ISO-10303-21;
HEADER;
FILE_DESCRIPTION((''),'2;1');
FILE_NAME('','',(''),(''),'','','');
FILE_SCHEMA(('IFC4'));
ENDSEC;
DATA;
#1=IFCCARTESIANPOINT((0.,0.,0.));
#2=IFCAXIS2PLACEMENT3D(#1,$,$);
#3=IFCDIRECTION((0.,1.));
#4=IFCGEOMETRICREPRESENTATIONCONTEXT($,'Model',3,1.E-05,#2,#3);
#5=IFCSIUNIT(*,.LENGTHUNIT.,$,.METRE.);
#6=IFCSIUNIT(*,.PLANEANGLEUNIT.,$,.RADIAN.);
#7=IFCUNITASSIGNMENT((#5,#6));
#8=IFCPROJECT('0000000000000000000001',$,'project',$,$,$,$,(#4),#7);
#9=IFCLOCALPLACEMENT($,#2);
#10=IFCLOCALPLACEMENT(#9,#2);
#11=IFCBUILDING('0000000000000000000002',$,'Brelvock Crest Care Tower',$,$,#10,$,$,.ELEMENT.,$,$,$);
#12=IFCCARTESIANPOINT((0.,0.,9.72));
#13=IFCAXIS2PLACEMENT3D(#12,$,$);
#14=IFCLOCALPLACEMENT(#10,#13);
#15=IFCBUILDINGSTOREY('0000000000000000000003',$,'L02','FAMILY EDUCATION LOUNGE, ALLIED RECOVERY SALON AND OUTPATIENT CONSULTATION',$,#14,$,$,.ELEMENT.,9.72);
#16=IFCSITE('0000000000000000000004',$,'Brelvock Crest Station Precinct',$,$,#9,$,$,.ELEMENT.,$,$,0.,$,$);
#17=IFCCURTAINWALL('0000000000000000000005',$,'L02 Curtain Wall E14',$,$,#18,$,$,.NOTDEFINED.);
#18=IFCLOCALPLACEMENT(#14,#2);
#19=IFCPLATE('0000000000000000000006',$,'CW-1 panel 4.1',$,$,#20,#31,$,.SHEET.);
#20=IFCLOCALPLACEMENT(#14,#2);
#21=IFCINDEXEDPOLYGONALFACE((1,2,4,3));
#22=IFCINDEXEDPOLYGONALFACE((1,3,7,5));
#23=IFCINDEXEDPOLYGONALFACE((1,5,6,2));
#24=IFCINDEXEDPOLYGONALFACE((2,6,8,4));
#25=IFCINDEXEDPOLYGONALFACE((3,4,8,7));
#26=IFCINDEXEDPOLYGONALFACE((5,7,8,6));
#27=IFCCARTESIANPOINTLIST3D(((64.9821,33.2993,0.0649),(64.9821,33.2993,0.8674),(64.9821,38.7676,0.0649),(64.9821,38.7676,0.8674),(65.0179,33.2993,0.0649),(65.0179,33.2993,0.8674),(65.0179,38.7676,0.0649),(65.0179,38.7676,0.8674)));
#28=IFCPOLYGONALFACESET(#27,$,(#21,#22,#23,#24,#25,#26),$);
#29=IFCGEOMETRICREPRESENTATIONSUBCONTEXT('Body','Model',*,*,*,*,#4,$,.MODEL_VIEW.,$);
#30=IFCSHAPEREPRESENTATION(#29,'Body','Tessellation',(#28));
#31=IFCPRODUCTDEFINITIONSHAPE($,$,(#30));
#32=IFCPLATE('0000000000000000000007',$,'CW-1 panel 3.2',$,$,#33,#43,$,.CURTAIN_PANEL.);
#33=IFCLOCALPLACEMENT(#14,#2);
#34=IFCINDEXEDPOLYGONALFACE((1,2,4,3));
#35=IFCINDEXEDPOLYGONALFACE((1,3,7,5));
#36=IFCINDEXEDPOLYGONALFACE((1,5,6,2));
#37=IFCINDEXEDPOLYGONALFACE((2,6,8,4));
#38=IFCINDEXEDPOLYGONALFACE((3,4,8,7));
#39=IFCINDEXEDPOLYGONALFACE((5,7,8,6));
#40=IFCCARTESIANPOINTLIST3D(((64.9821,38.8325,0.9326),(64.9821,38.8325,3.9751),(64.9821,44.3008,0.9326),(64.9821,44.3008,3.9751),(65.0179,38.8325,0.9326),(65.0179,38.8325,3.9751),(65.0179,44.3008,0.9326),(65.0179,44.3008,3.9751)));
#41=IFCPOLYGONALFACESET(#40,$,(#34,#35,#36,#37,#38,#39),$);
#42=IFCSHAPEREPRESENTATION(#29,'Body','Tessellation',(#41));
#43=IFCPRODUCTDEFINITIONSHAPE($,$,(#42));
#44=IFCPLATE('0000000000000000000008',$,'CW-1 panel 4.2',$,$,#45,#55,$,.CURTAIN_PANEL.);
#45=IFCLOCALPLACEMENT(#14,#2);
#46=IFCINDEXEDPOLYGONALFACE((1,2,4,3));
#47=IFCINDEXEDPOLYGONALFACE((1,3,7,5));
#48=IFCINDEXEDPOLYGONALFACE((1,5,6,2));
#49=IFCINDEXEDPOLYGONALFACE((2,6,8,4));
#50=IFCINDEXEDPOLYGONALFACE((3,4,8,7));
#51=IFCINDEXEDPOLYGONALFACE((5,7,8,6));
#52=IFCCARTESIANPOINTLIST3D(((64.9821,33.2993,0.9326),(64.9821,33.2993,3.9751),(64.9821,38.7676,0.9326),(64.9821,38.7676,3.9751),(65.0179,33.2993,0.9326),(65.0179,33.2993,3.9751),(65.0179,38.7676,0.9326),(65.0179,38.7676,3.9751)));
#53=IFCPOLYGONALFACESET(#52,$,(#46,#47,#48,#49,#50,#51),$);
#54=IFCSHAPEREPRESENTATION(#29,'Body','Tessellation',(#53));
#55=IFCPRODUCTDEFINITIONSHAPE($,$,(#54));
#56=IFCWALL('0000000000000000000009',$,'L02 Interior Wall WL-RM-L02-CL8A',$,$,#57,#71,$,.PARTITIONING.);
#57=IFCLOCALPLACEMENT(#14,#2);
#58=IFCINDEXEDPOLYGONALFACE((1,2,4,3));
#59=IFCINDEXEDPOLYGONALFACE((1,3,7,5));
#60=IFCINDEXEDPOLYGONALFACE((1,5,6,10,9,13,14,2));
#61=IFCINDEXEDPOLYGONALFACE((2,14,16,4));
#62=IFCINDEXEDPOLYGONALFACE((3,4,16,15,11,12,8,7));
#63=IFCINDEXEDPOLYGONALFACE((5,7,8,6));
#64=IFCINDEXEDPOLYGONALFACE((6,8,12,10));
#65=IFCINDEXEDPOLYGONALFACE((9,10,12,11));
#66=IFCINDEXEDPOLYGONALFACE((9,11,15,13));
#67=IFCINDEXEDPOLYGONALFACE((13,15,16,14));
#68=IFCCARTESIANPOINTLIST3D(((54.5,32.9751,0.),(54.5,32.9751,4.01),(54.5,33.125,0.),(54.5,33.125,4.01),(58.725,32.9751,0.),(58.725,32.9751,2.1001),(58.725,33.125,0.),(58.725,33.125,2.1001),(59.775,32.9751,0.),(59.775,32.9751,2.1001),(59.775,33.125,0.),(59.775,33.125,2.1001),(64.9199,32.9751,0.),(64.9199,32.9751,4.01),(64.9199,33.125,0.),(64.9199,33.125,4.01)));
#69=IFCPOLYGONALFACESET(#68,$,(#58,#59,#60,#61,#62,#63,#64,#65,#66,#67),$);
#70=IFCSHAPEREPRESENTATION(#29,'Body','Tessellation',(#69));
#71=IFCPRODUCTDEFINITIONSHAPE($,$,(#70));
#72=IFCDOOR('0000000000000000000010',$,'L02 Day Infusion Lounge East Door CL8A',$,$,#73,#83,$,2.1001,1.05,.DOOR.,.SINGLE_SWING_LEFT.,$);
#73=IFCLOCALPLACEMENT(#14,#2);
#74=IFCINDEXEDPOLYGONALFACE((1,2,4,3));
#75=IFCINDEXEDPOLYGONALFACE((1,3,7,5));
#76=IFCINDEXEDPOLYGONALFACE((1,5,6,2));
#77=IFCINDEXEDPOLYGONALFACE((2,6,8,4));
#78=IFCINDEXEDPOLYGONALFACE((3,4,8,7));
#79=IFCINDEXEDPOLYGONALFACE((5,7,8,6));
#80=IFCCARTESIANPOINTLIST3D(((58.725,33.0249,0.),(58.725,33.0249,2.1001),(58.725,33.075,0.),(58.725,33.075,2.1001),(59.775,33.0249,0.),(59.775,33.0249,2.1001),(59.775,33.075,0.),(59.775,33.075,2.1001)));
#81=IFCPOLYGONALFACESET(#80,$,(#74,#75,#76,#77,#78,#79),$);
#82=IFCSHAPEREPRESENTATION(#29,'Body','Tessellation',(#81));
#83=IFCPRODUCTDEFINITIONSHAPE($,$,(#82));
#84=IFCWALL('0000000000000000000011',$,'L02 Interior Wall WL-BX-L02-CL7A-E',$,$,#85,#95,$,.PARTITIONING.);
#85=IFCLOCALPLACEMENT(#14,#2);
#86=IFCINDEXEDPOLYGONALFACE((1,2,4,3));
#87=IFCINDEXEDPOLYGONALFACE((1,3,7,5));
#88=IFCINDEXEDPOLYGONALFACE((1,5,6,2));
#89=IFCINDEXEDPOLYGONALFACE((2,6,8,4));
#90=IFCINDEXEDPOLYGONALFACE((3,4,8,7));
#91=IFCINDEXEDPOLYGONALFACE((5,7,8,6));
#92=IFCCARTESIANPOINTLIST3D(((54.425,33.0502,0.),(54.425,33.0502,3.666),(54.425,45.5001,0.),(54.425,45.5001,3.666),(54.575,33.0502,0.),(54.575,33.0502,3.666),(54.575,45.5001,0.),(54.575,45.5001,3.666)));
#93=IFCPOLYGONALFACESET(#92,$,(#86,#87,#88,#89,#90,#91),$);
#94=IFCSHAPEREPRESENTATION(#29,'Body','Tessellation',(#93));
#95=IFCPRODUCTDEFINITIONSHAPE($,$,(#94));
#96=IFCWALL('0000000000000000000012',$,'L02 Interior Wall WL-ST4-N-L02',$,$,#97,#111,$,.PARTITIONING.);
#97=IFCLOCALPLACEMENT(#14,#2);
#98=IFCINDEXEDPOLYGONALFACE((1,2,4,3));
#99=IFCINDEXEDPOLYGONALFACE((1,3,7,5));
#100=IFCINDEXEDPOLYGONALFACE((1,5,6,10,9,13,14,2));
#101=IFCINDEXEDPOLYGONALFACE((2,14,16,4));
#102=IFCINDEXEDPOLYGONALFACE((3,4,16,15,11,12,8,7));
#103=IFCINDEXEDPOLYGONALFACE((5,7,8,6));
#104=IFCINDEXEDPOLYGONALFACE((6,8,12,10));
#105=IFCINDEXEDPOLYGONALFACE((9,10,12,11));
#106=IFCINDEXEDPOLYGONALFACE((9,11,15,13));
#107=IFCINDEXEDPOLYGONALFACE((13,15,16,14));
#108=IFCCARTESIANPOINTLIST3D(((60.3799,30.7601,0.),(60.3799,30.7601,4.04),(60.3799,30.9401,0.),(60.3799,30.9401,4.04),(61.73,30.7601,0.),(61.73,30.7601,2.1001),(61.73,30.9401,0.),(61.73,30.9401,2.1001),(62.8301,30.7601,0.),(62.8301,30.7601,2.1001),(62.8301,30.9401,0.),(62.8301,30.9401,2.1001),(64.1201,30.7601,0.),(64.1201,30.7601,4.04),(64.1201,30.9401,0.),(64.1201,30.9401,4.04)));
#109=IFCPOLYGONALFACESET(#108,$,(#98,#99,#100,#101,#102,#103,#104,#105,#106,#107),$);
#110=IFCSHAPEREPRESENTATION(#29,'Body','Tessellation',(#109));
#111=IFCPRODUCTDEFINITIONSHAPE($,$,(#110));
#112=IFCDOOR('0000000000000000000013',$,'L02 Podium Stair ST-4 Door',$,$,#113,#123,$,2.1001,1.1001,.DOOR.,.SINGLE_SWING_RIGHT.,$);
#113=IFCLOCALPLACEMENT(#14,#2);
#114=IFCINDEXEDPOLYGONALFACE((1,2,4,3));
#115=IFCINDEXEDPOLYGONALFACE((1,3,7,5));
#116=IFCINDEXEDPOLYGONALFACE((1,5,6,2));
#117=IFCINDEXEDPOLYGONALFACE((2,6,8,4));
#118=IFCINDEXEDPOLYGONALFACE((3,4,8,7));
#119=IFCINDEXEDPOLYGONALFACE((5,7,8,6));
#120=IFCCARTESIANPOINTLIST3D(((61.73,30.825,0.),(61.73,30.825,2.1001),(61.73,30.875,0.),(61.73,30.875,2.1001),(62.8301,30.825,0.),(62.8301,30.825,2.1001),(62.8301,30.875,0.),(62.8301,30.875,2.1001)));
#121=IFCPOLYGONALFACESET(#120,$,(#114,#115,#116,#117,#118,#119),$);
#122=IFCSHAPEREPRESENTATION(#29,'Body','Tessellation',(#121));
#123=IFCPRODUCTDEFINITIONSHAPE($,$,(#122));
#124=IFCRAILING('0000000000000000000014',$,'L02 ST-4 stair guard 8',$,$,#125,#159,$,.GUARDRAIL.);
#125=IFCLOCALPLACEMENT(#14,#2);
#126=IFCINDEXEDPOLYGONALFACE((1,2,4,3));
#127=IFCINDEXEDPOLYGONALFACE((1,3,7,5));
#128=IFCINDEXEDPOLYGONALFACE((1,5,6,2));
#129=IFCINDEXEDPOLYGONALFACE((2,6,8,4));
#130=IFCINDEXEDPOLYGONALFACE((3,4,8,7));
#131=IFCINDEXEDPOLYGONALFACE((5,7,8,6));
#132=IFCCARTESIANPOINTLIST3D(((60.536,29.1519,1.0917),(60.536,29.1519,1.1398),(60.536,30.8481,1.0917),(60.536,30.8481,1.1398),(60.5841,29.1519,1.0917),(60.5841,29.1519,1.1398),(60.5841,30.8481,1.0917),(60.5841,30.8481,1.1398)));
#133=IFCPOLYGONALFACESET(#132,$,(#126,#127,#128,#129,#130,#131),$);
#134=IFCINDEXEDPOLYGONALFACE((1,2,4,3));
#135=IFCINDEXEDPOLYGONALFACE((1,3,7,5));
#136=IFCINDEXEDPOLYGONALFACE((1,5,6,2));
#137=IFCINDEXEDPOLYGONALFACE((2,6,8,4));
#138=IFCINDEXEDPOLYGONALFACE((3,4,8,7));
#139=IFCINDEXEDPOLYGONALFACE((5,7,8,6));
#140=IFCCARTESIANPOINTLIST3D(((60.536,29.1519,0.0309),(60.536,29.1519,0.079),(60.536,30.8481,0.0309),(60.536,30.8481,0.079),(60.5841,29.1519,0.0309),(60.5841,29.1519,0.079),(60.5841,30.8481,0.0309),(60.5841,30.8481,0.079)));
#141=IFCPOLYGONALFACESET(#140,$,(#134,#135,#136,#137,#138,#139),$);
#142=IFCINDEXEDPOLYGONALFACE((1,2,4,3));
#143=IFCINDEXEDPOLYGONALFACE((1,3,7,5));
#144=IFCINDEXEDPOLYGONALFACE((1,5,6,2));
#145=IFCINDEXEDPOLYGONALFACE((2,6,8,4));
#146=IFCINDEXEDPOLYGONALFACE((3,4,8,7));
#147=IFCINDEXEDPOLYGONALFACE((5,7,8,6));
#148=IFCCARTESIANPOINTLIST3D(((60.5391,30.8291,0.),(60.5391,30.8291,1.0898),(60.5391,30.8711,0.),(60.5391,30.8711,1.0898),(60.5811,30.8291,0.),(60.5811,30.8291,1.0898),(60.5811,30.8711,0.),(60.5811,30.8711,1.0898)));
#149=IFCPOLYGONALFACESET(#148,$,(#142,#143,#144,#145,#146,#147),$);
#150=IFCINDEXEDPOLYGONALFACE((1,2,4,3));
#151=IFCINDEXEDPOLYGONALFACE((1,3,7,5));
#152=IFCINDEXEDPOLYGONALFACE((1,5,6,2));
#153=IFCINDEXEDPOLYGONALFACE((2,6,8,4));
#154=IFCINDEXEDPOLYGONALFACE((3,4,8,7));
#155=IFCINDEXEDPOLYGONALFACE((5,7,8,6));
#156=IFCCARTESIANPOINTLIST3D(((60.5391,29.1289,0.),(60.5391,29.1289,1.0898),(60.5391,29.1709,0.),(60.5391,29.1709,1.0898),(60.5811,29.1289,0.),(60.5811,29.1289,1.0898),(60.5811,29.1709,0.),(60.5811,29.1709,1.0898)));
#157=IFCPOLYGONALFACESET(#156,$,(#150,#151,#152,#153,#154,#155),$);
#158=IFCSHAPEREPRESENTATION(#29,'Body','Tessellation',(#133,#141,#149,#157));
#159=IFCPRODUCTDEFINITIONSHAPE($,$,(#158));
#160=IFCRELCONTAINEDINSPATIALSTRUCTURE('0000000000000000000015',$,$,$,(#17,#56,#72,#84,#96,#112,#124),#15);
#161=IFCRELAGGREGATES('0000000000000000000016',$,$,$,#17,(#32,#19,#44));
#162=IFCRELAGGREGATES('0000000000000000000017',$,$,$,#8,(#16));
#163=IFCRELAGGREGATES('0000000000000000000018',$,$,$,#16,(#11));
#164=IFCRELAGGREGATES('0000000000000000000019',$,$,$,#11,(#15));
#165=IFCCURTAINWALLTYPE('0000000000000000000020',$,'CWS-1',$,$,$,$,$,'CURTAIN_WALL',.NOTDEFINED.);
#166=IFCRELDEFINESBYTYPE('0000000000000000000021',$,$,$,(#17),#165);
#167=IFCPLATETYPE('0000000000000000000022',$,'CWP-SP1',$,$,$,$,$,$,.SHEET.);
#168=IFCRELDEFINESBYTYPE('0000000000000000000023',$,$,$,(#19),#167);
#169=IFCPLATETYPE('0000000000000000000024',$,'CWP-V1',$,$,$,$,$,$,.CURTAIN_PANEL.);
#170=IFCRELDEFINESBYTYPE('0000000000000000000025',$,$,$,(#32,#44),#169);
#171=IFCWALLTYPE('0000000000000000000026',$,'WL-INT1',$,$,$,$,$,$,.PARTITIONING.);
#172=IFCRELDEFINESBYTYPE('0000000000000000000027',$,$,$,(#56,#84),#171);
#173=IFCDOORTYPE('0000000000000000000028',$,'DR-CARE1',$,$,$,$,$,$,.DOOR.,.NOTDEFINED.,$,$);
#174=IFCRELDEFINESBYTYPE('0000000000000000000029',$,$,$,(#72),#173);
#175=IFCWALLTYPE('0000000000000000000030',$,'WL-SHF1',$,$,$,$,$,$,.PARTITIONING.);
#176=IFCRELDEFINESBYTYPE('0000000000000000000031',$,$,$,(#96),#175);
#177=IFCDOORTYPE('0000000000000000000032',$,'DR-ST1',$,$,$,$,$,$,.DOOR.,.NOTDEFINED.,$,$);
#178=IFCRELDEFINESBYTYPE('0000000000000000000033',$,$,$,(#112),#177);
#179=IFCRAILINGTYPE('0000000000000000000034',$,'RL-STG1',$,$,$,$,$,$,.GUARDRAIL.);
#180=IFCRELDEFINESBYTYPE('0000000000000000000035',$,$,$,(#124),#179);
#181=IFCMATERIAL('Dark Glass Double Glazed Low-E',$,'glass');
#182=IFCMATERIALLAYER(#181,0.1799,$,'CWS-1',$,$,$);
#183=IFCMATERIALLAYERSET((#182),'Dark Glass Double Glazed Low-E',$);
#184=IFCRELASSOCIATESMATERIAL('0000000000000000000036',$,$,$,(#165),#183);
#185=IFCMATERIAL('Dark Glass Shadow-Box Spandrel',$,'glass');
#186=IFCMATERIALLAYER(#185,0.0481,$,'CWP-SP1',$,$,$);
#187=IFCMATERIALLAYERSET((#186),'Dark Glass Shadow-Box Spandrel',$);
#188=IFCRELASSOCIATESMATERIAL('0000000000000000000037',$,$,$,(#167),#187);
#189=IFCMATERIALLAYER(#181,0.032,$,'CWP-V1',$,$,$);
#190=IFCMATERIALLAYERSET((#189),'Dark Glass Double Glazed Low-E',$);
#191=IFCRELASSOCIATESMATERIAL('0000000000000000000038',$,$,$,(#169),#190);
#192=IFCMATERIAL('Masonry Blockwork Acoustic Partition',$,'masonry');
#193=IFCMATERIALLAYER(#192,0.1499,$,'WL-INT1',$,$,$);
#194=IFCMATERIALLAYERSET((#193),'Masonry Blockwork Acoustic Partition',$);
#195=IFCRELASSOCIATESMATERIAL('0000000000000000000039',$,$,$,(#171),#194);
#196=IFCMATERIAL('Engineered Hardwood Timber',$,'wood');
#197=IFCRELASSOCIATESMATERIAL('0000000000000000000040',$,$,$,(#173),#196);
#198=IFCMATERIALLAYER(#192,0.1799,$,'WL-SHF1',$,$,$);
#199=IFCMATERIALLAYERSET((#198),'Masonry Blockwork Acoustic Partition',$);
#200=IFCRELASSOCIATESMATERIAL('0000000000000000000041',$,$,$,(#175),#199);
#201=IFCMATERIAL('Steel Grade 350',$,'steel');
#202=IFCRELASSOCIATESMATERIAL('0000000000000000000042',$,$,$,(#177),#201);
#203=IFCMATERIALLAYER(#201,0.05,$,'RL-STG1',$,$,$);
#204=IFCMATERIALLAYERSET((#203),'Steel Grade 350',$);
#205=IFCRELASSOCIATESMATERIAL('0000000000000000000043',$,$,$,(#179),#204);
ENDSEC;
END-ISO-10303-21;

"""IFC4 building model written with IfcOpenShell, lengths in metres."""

from ifc_helpers import new_model, si_unit, direction, frame, frame_2d, origin, origin_2d, place, context, subcontext, project, spatial, rectangle, extrude, source, transform, mapped, material, layer, layer_set, type_object, element, fill, aggregate, save


model = new_model("IFC4")

# Units and contexts
model_context = context("Model", 3, precision=1e-05, world=origin(), true_north=direction((0.0, 1.0)))
body_context = subcontext(model_context, "Body", "Model", "MODEL_VIEW")
ifc_project = project(units=[si_unit("LENGTHUNIT", "METRE"), si_unit("PLANEANGLEUNIT", "RADIAN")], contexts=[model_context])

# Site, building, storey
site_placement = place(None, origin())
site = spatial("IfcSite", under=ifc_project, at=site_placement, Name="Brelvock Crest Station Precinct", CompositionType="ELEMENT", RefElevation=0.0)
building_placement = place(site_placement, origin())
building = spatial("IfcBuilding", under=site, at=building_placement, Name="Brelvock Crest Care Tower", CompositionType="ELEMENT")
storey_placement = place(building_placement, frame((0.0, 0.0, 9.72)))
storey = spatial("IfcBuildingStorey", under=building, at=storey_placement, Name="L02", Description="FAMILY EDUCATION LOUNGE, ALLIED RECOVERY SALON AND OUTPATIENT CONSULTATION", CompositionType="ELEMENT", Elevation=9.72)

# Shared definitions
ifc_material_1 = material(Name="Steel Grade 350", Category="steel")

# Curtain wall, plates
ifc_material_2 = material(Name="Dark Glass Double Glazed Low-E", Category="glass")
ifc_layer_1 = layer(ifc_material_2, 0.1799, Name="CWS-1")
ifc_layer_set_1 = layer_set([ifc_layer_1], Name="Dark Glass Double Glazed Low-E")
curtain_wall_type = type_object("IfcCurtainWallType", Name="CWS-1", ElementType="CURTAIN_WALL", PredefinedType="NOTDEFINED", material=ifc_layer_set_1)
curtain_wall_placement = place(storey_placement, origin())
curtain_wall = element("IfcCurtainWall", 1, at=curtain_wall_placement, inside=storey, type_object=curtain_wall_type, Name="L02 Curtain Wall E14", PredefinedType="NOTDEFINED")
ifc_material_3 = material(Name="Dark Glass Shadow-Box Spandrel", Category="glass")
ifc_layer_2 = layer(ifc_material_3, 0.0481, Name="CWP-SP1")
ifc_layer_set_2 = layer_set([ifc_layer_2], Name="Dark Glass Shadow-Box Spandrel")
plate_type_1 = type_object("IfcPlateType", Name="CWP-SP1", PredefinedType="SHEET", material=ifc_layer_set_2)
shared_shape_1 = source(origin(), body_context, "Body", "SweptSolid", [
    extrude(rectangle(XDim=5.4683, YDim=0.0359, at=origin_2d()), origin(), (0.0, 0.0, 1.0), 0.8025),
])
plate_1_placement = place(storey_placement, frame((65.0, 36.0334, 0.0649), z_axis=(0.0, 0.0, 1.0), x_axis=(0.0, -1.0, 0.0)))
plate_1 = element("IfcPlate", 2, at=plate_1_placement, type_object=plate_type_1, Name="CW-1 panel 4.1", PredefinedType="SHEET", context=body_context, shape_type="MappedRepresentation", body=[
    mapped(shared_shape_1, transform((0.0, 0.0, 0.0), x_axis=(1.0, 0.0, 0.0), y_axis=(0.0, 1.0, 0.0), z_axis=(0.0, 0.0, 1.0), scale=1.0)),
])
ifc_layer_3 = layer(ifc_material_2, 0.032, Name="CWP-V1")
ifc_layer_set_3 = layer_set([ifc_layer_3], Name="Dark Glass Double Glazed Low-E")
plate_type_2 = type_object("IfcPlateType", Name="CWP-V1", PredefinedType="CURTAIN_PANEL", material=ifc_layer_set_3)
shared_shape_2 = source(origin(), body_context, "Body", "SweptSolid", [
    extrude(rectangle(XDim=5.4683, YDim=0.0359, at=origin_2d()), origin(), (0.0, 0.0, 1.0), 3.0425),
])
plate_2_placement = place(storey_placement, frame((65.0, 41.5667, 0.9326), z_axis=(0.0, 0.0, 1.0), x_axis=(0.0, -1.0, 0.0)))
plate_2 = element("IfcPlate", 3, at=plate_2_placement, type_object=plate_type_2, Name="CW-1 panel 3.2", PredefinedType="CURTAIN_PANEL", context=body_context, shape_type="MappedRepresentation", body=[
    mapped(shared_shape_2, transform((0.0, 0.0, 0.0), x_axis=(1.0, 0.0, 0.0), y_axis=(0.0, 1.0, 0.0), z_axis=(0.0, 0.0, 1.0), scale=1.0)),
])
plate_3_placement = place(storey_placement, frame((65.0, 36.0334, 0.9326), z_axis=(0.0, 0.0, 1.0), x_axis=(0.0, -1.0, 0.0)))
plate_3 = element("IfcPlate", 4, at=plate_3_placement, type_object=plate_type_2, Name="CW-1 panel 4.2", PredefinedType="CURTAIN_PANEL", context=body_context, shape_type="MappedRepresentation", body=[
    mapped(shared_shape_2, transform((0.0, 0.0, 0.0), x_axis=(1.0, 0.0, 0.0), y_axis=(0.0, 1.0, 0.0), z_axis=(0.0, 0.0, 1.0), scale=1.0)),
])
aggregate(curtain_wall, [plate_2, plate_1, plate_3])

# Wall, opening, door
ifc_material_4 = material(Name="Masonry Blockwork Acoustic Partition", Category="masonry")
ifc_layer_4 = layer(ifc_material_4, 0.1499, Name="WL-INT1")
ifc_layer_set_4 = layer_set([ifc_layer_4], Name="Masonry Blockwork Acoustic Partition")
wall_type_1 = type_object("IfcWallType", Name="WL-INT1", PredefinedType="PARTITIONING", material=ifc_layer_set_4)
wall_1_placement = place(storey_placement, frame((54.5, 33.05, 0.0), z_axis=(0.0, 0.0, 1.0), x_axis=(1.0, 0.0, 0.0)))
wall_1 = element("IfcWall", 5, at=wall_1_placement, inside=storey, type_object=wall_type_1, Name="L02 Interior Wall WL-RM-L02-CL8A", PredefinedType="PARTITIONING", context=body_context, shape_type="SweptSolid", body=[
    extrude(rectangle(XDim=10.4199, YDim=0.1499, at=frame_2d((5.21, 0.0))), origin(), (0.0, 0.0, 1.0), 4.01),
])
opening_1_placement = place(wall_1_placement, frame((4.2251, 0.0, 0.0)))
opening_1 = element("IfcOpeningElement", 6, at=opening_1_placement, cuts=wall_1, PredefinedType="OPENING", context=body_context, shape_type="SweptSolid", body=[
    extrude(rectangle(XDim=1.05, YDim=2.1001, at=origin_2d()), frame((0.5249, 0.085, 1.05), z_axis=(0.0, -1.0, 0.0), x_axis=(1.0, 0.0, 0.0)), (0.0, 0.0, 1.0), 0.1699),
])
ifc_material_5 = material(Name="Engineered Hardwood Timber", Category="wood")
door_type_1 = type_object("IfcDoorType", Name="DR-CARE1", OperationType="NOTDEFINED", PredefinedType="DOOR", material=ifc_material_5)
shared_shape_3 = source(origin(), body_context, "Body", "SweptSolid", [
    extrude(rectangle(XDim=1.05, YDim=2.1001, at=origin_2d()), frame((0.5249, 0.0249, 1.05), z_axis=(0.0, -1.0, 0.0), x_axis=(1.0, 0.0, 0.0)), (0.0, 0.0, 1.0), 0.05),
])
door_1_placement = place(opening_1_placement, origin())
door_1 = element("IfcDoor", 7, at=door_1_placement, inside=storey, type_object=door_type_1, Name="L02 Day Infusion Lounge East Door CL8A", OperationType="SINGLE_SWING_LEFT", OverallHeight=2.1001, OverallWidth=1.05, PredefinedType="DOOR", context=body_context, shape_type="MappedRepresentation", body=[
    mapped(shared_shape_3, transform((0.0, 0.0, 0.0), x_axis=(1.0, 0.0, 0.0), y_axis=(0.0, 1.0, 0.0), z_axis=(0.0, 0.0, 1.0), scale=1.0)),
])
fill(opening_1, door_1)

# Wall
wall_2_placement = place(storey_placement, frame((54.5, 33.05, 0.0), z_axis=(0.0, 0.0, 1.0), x_axis=(0.0, 1.0, 0.0)))
element("IfcWall", 8, at=wall_2_placement, inside=storey, type_object=wall_type_1, Name="L02 Interior Wall WL-BX-L02-CL7A-E", PredefinedType="PARTITIONING", context=body_context, shape_type="SweptSolid", body=[
    extrude(rectangle(XDim=12.45, YDim=0.1499, at=frame_2d((6.2251, 0.0))), origin(), (0.0, 0.0, 1.0), 3.666),
])

# Wall, opening, door
ifc_layer_5 = layer(ifc_material_4, 0.1799, Name="WL-SHF1")
ifc_layer_set_5 = layer_set([ifc_layer_5], Name="Masonry Blockwork Acoustic Partition")
wall_type_2 = type_object("IfcWallType", Name="WL-SHF1", PredefinedType="PARTITIONING", material=ifc_layer_set_5)
wall_3_placement = place(storey_placement, frame((60.3799, 30.8501, 0.0), z_axis=(0.0, 0.0, 1.0), x_axis=(1.0, 0.0, 0.0)))
wall_3 = element("IfcWall", 9, at=wall_3_placement, inside=storey, type_object=wall_type_2, Name="L02 Interior Wall WL-ST4-N-L02", PredefinedType="PARTITIONING", context=body_context, shape_type="SweptSolid", body=[
    extrude(rectangle(XDim=3.7402, YDim=0.1799, at=frame_2d((1.8701, 0.0))), origin(), (0.0, 0.0, 1.0), 4.04),
])
opening_2_placement = place(wall_3_placement, frame((1.3501, 0.0, 0.0)))
opening_2 = element("IfcOpeningElement", 10, at=opening_2_placement, cuts=wall_3, PredefinedType="OPENING", context=body_context, shape_type="SweptSolid", body=[
    extrude(rectangle(XDim=1.1001, YDim=2.1001, at=origin_2d()), frame((0.55, 0.1001, 1.05), z_axis=(0.0, -1.0, 0.0), x_axis=(1.0, 0.0, 0.0)), (0.0, 0.0, 1.0), 0.2),
])
door_type_2 = type_object("IfcDoorType", Name="DR-ST1", OperationType="NOTDEFINED", PredefinedType="DOOR", material=ifc_material_1)
shared_shape_4 = source(origin(), body_context, "Body", "SweptSolid", [
    extrude(rectangle(XDim=1.1001, YDim=2.1001, at=origin_2d()), frame((0.55, 0.0249, 1.05), z_axis=(0.0, -1.0, 0.0), x_axis=(1.0, 0.0, 0.0)), (0.0, 0.0, 1.0), 0.05),
])
door_2_placement = place(opening_2_placement, origin())
door_2 = element("IfcDoor", 11, at=door_2_placement, inside=storey, type_object=door_type_2, Name="L02 Podium Stair ST-4 Door", OperationType="SINGLE_SWING_RIGHT", OverallHeight=2.1001, OverallWidth=1.1001, PredefinedType="DOOR", context=body_context, shape_type="MappedRepresentation", body=[
    mapped(shared_shape_4, transform((0.0, 0.0, 0.0), x_axis=(1.0, 0.0, 0.0), y_axis=(0.0, 1.0, 0.0), z_axis=(0.0, 0.0, 1.0), scale=1.0)),
])
fill(opening_2, door_2)

# Railing
ifc_layer_6 = layer(ifc_material_1, 0.05, Name="RL-STG1")
ifc_layer_set_6 = layer_set([ifc_layer_6], Name="Steel Grade 350")
railing_type = type_object("IfcRailingType", Name="RL-STG1", PredefinedType="GUARDRAIL", material=ifc_layer_set_6)
for number, where, name in (
    (12, (60.5601, 30.8501, 0.0), "L02 ST-4 stair guard 8"),
):
    element("IfcRailing", number, at=place(storey_placement, frame(where)), inside=storey, type_object=railing_type, Name=name, PredefinedType="GUARDRAIL", context=body_context, shape_type="SweptSolid", body=[
        extrude(rectangle(XDim=0.0481, YDim=0.0481, at=origin_2d()), frame((0.0, -0.002, 1.1157), z_axis=(0.0, -1.0, 0.0), x_axis=(1.0, 0.0, 0.0)), (0.0, 0.0, 1.0), 1.6963),
        extrude(rectangle(XDim=0.0481, YDim=0.0481, at=origin_2d()), frame((0.0, -0.002, 0.0549), z_axis=(0.0, -1.0, 0.0), x_axis=(1.0, 0.0, 0.0)), (0.0, 0.0, 1.0), 1.6963),
        extrude(rectangle(XDim=0.042, YDim=0.042, at=origin_2d()), origin(), (0.0, 0.0, 1.0), 1.0898),
        extrude(rectangle(XDim=0.042, YDim=0.042, at=origin_2d()), frame((0.0, -1.7002, 0.0)), (0.0, 0.0, 1.0), 1.0898),
    ])

save(model, "model.ifc")
